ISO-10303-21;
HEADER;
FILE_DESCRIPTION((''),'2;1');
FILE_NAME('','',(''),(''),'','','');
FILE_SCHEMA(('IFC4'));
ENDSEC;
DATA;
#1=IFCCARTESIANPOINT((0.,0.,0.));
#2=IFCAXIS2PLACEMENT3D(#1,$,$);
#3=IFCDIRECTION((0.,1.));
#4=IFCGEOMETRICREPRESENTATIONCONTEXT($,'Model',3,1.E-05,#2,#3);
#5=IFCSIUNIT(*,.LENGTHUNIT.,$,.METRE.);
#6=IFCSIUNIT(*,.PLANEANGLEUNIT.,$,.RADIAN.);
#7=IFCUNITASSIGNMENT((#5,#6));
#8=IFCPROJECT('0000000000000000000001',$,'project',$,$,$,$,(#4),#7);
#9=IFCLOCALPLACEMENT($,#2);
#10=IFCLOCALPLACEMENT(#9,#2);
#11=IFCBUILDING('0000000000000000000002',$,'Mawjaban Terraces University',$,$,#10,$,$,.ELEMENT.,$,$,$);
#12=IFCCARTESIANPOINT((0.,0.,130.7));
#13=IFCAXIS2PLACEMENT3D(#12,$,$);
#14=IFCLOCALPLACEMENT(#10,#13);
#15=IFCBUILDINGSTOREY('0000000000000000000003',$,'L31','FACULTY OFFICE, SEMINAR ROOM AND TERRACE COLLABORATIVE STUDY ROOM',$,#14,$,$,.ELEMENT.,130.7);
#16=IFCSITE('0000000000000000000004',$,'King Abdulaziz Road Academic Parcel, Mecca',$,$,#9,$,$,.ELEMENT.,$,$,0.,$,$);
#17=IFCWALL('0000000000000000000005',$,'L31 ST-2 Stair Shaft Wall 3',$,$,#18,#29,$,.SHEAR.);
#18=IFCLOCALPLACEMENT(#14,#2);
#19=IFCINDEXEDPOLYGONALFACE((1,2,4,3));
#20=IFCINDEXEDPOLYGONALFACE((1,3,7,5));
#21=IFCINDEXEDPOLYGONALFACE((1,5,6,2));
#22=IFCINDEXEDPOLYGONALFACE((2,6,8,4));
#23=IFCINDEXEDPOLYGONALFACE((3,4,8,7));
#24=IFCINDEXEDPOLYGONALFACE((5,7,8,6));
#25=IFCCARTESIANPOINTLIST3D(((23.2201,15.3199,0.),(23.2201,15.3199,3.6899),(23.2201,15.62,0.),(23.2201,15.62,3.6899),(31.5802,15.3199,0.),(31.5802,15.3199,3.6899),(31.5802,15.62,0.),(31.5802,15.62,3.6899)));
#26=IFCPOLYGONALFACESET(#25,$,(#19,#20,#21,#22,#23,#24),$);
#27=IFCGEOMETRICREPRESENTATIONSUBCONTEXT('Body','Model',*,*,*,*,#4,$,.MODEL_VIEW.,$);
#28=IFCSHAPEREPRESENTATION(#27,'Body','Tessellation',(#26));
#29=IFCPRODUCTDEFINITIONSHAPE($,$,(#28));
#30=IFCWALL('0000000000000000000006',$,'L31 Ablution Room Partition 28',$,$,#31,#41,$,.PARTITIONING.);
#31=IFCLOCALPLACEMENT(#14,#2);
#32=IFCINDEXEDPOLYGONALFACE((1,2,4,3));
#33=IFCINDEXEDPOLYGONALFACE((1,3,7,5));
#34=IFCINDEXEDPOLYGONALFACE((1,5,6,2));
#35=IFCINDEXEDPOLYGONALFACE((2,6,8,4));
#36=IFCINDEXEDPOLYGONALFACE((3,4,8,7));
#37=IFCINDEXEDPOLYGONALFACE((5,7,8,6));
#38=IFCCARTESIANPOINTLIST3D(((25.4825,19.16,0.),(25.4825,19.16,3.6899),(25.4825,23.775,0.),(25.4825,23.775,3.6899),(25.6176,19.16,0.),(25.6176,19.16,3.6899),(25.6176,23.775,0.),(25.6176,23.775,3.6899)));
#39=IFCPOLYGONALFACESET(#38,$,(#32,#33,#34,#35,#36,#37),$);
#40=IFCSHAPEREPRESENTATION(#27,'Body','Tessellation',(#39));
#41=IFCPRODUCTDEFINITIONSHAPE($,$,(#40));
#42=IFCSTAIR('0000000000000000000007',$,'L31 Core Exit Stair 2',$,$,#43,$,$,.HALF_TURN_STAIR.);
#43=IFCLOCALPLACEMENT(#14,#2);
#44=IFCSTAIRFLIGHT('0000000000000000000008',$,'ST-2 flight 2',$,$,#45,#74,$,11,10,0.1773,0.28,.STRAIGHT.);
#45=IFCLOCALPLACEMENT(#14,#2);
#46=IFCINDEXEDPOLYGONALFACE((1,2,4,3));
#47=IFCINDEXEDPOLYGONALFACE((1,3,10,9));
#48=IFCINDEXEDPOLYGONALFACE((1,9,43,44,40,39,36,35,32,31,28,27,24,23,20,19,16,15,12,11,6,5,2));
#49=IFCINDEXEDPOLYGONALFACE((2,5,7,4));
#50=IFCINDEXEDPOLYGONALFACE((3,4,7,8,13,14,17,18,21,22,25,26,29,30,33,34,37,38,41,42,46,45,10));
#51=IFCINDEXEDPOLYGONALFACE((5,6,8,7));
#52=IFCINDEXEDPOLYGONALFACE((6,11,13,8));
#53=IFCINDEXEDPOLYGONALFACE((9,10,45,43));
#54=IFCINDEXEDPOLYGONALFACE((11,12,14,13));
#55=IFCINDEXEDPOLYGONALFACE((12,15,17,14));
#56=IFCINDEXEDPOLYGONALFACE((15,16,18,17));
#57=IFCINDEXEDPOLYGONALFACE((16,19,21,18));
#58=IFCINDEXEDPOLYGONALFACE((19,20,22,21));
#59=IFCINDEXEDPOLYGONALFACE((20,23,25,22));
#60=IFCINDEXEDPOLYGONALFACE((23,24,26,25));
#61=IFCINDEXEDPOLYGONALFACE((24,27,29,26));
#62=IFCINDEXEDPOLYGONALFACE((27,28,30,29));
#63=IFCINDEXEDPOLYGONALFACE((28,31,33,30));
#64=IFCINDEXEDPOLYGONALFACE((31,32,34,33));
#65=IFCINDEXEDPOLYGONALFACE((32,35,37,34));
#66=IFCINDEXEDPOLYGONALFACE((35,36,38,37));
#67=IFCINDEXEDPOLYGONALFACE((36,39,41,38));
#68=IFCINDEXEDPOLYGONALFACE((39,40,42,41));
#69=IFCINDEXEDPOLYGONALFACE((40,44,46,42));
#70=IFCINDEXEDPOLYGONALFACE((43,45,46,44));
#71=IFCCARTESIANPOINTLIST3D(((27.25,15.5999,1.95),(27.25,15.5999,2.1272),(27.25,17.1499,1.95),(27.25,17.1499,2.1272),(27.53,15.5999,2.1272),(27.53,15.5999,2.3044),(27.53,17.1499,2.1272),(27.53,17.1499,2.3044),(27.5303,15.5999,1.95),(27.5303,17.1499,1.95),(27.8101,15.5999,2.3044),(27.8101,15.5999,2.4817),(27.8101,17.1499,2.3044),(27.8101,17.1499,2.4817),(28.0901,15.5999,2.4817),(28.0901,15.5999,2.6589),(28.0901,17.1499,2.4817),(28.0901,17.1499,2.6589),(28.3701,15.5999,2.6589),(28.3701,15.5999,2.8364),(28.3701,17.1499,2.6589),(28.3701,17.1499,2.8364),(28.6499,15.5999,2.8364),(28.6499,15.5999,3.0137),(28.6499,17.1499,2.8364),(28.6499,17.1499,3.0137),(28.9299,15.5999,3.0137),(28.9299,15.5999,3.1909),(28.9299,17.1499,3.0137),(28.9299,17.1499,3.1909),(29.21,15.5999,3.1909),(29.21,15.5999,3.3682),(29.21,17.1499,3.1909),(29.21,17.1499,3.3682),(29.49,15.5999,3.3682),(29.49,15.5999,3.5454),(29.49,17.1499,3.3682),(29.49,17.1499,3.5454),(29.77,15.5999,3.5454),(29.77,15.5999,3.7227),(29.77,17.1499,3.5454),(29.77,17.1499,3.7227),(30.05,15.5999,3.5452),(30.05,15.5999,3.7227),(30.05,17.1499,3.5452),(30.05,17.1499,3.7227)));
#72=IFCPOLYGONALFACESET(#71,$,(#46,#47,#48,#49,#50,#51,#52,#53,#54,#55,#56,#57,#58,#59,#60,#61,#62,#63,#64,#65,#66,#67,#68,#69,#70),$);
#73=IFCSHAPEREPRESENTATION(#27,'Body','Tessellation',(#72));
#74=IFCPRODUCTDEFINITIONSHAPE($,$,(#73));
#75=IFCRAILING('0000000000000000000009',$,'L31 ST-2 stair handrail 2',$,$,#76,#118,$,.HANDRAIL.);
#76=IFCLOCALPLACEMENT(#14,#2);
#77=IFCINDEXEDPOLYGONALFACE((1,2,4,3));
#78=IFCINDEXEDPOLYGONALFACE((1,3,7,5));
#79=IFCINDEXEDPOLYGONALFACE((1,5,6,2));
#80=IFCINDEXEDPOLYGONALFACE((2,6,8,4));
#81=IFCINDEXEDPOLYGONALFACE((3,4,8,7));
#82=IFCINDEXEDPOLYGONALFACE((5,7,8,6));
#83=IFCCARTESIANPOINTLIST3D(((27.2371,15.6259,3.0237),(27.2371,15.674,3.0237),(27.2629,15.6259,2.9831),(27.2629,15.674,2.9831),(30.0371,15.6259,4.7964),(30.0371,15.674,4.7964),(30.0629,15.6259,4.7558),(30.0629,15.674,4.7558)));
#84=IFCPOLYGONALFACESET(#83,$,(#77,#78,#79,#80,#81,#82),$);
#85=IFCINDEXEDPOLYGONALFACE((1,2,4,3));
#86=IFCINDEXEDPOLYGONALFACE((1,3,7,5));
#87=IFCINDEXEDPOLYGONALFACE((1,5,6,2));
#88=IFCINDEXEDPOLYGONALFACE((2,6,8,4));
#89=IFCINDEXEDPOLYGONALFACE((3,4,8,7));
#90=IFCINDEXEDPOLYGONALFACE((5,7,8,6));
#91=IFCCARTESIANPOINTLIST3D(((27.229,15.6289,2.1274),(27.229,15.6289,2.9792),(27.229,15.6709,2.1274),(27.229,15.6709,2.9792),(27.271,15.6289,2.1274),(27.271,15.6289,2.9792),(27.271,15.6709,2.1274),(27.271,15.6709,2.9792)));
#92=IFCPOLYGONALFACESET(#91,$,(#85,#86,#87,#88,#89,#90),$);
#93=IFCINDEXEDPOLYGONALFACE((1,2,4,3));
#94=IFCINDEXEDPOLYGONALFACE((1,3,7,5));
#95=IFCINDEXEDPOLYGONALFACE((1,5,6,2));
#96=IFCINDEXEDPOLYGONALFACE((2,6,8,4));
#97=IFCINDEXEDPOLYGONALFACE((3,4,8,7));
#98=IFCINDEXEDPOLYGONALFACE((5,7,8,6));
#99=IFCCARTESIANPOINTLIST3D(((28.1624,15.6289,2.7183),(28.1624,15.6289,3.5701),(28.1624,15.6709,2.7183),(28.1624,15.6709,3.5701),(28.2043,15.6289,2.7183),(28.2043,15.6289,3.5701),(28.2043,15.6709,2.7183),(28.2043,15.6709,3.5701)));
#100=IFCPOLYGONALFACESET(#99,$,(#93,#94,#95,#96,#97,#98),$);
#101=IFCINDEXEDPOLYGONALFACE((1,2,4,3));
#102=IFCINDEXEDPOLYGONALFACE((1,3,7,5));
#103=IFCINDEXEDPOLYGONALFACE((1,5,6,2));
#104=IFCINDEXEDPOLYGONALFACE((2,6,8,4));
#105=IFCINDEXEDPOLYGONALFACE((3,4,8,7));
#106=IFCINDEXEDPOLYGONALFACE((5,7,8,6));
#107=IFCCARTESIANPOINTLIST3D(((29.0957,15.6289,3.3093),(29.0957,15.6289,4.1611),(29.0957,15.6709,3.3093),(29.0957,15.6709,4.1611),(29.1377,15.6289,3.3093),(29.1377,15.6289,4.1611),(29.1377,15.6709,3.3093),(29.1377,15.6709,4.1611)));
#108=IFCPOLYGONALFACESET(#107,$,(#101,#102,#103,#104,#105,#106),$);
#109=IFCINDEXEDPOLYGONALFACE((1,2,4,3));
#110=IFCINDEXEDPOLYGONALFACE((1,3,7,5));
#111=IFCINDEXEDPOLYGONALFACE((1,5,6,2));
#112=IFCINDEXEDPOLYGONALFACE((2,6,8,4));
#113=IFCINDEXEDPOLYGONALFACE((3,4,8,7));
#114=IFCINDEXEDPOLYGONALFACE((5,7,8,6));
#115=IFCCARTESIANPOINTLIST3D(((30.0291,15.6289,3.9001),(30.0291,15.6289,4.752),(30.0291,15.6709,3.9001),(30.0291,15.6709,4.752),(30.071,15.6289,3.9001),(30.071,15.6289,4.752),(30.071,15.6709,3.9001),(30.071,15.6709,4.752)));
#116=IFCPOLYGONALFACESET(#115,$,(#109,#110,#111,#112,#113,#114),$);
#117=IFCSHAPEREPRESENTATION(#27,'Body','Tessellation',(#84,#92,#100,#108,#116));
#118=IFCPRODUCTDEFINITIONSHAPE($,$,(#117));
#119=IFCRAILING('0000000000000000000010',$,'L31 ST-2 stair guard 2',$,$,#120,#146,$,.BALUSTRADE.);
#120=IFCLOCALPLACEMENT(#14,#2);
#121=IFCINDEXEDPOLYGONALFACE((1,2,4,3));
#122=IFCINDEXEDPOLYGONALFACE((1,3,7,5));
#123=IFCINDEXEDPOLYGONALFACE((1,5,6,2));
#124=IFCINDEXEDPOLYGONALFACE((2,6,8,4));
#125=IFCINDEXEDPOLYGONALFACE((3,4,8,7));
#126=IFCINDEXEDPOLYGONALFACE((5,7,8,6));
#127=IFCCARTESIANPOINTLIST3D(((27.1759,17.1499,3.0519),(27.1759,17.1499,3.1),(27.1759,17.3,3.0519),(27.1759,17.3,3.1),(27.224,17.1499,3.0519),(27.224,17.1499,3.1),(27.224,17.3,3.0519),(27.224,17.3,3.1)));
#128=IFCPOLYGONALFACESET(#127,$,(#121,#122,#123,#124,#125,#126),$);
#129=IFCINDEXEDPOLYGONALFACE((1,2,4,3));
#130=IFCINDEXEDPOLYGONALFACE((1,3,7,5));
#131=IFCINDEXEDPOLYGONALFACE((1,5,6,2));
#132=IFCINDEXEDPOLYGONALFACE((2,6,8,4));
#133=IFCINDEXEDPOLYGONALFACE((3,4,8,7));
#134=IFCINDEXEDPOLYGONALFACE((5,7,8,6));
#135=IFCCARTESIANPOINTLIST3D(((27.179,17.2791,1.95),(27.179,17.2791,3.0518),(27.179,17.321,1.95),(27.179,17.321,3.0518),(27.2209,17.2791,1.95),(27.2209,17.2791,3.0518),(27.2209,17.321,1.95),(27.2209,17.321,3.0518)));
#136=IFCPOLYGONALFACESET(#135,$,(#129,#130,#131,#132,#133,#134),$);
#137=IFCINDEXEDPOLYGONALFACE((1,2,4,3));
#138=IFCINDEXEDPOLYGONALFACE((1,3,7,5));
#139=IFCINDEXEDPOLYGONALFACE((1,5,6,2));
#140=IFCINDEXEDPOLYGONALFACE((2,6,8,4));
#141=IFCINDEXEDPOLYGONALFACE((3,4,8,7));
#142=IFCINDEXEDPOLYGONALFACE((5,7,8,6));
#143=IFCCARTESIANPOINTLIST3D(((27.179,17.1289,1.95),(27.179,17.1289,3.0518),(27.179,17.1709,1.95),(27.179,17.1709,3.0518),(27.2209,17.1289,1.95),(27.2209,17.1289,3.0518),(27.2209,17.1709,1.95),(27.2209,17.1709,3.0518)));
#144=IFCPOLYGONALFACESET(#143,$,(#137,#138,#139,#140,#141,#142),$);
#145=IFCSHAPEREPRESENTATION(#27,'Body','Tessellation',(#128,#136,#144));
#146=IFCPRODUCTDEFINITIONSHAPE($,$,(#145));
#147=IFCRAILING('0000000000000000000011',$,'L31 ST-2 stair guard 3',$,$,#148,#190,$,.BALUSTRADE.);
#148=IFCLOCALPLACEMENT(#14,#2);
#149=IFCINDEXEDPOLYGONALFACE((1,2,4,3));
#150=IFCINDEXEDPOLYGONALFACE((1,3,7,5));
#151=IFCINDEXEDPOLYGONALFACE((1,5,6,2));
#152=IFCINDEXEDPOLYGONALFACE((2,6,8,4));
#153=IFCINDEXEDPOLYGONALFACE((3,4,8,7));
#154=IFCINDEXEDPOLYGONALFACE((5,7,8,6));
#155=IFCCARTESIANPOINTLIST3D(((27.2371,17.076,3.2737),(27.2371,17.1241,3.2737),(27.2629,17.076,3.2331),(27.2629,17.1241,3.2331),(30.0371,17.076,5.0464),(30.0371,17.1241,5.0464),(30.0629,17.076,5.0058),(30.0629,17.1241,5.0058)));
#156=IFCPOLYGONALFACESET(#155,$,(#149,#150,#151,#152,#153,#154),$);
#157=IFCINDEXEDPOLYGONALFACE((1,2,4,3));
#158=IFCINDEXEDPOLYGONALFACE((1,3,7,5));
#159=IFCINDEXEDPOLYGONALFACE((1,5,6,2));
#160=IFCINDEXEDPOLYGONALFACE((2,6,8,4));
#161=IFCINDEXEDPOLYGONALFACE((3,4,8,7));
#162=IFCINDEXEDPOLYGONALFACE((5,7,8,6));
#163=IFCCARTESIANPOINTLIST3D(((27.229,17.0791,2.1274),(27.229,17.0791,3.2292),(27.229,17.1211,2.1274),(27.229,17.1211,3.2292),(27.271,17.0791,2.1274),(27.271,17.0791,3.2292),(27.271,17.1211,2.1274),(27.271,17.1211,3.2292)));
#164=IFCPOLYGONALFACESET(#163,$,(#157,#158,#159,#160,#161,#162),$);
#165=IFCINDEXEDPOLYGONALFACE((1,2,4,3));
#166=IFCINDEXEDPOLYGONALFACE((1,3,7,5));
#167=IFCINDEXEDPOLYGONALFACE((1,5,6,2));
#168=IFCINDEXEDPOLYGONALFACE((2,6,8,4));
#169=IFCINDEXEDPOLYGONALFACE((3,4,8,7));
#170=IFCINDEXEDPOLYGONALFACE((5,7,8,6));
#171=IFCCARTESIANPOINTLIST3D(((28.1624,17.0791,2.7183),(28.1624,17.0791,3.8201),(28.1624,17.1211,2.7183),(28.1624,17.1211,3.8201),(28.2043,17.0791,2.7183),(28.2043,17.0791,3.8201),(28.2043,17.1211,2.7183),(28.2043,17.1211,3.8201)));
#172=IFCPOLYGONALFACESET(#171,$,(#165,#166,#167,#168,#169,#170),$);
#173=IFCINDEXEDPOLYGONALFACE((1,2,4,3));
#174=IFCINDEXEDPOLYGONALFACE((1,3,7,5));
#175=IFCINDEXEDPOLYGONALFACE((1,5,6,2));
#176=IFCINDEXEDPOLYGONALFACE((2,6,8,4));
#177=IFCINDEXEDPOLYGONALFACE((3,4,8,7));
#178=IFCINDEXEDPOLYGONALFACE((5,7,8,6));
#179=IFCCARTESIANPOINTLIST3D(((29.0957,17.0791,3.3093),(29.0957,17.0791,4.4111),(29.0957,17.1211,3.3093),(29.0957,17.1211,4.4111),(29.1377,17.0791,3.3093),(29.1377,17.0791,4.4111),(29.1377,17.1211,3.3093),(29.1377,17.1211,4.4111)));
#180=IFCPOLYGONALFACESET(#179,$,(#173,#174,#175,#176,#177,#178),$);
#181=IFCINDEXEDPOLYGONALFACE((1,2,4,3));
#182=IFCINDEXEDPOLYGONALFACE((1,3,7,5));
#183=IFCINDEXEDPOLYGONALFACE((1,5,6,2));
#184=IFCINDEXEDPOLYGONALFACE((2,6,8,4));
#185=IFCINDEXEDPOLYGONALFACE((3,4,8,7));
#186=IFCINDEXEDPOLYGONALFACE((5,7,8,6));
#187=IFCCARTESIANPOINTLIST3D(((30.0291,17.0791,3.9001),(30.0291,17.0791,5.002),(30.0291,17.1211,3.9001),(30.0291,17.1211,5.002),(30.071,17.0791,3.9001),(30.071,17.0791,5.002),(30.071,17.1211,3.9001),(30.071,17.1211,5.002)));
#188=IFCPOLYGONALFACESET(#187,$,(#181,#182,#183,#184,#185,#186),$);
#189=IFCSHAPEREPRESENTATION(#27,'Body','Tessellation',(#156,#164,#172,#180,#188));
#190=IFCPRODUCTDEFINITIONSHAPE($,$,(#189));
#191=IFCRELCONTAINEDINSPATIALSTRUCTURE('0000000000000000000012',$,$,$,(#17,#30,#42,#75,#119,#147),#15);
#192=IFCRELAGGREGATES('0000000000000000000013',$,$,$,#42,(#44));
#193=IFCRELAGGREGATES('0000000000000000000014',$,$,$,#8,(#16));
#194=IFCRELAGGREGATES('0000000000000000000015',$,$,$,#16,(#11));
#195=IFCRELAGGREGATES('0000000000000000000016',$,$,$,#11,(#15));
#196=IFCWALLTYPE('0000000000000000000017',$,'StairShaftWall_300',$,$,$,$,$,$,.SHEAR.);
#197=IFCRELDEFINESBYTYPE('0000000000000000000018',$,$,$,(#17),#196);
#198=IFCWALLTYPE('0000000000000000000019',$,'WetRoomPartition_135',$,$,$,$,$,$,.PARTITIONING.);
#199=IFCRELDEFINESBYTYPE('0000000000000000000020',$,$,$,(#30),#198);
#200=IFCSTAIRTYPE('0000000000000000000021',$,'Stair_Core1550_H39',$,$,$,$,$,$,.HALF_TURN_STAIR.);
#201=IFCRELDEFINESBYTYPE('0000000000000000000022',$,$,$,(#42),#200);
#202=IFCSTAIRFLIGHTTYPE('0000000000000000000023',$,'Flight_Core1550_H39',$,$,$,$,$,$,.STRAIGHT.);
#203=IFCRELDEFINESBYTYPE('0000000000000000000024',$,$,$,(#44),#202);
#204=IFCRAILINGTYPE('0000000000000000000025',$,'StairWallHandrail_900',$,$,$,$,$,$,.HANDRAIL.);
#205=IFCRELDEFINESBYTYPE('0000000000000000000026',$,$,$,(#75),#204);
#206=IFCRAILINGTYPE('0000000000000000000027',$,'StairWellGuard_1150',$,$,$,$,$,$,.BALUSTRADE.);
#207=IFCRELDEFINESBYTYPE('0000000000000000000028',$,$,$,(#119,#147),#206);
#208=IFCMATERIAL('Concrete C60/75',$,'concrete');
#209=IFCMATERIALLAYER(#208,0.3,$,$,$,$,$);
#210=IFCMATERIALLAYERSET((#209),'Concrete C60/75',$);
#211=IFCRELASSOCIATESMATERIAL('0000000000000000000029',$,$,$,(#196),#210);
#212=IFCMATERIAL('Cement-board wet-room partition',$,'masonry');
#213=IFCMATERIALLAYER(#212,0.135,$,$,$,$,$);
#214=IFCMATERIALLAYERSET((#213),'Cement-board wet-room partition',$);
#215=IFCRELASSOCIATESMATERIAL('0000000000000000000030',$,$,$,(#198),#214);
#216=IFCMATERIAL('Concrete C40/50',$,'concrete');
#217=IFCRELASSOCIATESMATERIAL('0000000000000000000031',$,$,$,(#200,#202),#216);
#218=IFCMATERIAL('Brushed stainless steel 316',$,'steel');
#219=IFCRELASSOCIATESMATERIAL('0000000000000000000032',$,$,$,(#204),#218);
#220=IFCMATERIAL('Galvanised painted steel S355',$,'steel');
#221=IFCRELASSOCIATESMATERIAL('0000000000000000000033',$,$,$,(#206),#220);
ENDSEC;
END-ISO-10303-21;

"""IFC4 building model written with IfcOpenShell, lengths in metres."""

from ifc_helpers import new_model, si_unit, direction, frame, frame_2d, origin, origin_2d, place, context, subcontext, project, spatial, polyline, rectangle, outline, extrude, material, layer, layer_set, type_object, element, aggregate, save


model = new_model("IFC4")

# Units and contexts
model_context = context("Model", 3, precision=1e-05, world=origin(), true_north=direction((0.0, 1.0)))
body_context = subcontext(model_context, "Body", "Model", "MODEL_VIEW")
ifc_project = project(units=[si_unit("LENGTHUNIT", "METRE"), si_unit("PLANEANGLEUNIT", "RADIAN")], contexts=[model_context])

# Site, building, storey
site_placement = place(None, origin())
site = spatial("IfcSite", under=ifc_project, at=site_placement, Name="King Abdulaziz Road Academic Parcel, Mecca", CompositionType="ELEMENT", RefElevation=0.0)
building_placement = place(site_placement, origin())
building = spatial("IfcBuilding", under=site, at=building_placement, Name="Mawjaban Terraces University", CompositionType="ELEMENT")
storey_placement = place(building_placement, frame((0.0, 0.0, 130.7)))
storey = spatial("IfcBuildingStorey", under=building, at=storey_placement, Name="L31", Description="FACULTY OFFICE, SEMINAR ROOM AND TERRACE COLLABORATIVE STUDY ROOM", CompositionType="ELEMENT", Elevation=130.7)

# Shared definitions
ifc_material_1 = material(Name="Concrete C60/75", Category="concrete")

# Shared definitions
ifc_material_2 = material(Name="Concrete C40/50", Category="concrete")

# Walls
ifc_layer_1 = layer(ifc_material_1, 0.3)
ifc_layer_set_1 = layer_set([ifc_layer_1], Name="Concrete C60/75")
wall_type_1 = type_object("IfcWallType", Name="StairShaftWall_300", PredefinedType="SHEAR", material=ifc_layer_set_1)
wall_1_placement = place(storey_placement, frame((23.22, 15.47, 0.0), z_axis=(0.0, 0.0, 1.0), x_axis=(1.0, 0.0, 0.0)))
element("IfcWall", 1, at=wall_1_placement, inside=storey, type_object=wall_type_1, Name="L31 ST-2 Stair Shaft Wall 3", PredefinedType="SHEAR", context=body_context, shape_type="SweptSolid", body=[
    extrude(rectangle(XDim=8.3601, YDim=0.3, at=frame_2d((4.1802, 0.0))), origin(), (0.0, 0.0, 1.0), 3.6899),
])
ifc_material_3 = material(Name="Cement-board wet-room partition", Category="masonry")
ifc_layer_2 = layer(ifc_material_3, 0.135)
ifc_layer_set_2 = layer_set([ifc_layer_2], Name="Cement-board wet-room partition")
wall_type_2 = type_object("IfcWallType", Name="WetRoomPartition_135", PredefinedType="PARTITIONING", material=ifc_layer_set_2)
wall_2_placement = place(storey_placement, frame((25.55, 19.1599, 0.0), z_axis=(0.0, 0.0, 1.0), x_axis=(0.0, 1.0, 0.0)))
element("IfcWall", 2, at=wall_2_placement, inside=storey, type_object=wall_type_2, Name="L31 Ablution Room Partition 28", PredefinedType="PARTITIONING", context=body_context, shape_type="SweptSolid", body=[
    extrude(rectangle(XDim=4.615, YDim=0.135, at=frame_2d((2.3076, 0.0))), origin(), (0.0, 0.0, 1.0), 3.6899),
])

# Stair, stair flight
stair_type = type_object("IfcStairType", Name="Stair_Core1550_H39", PredefinedType="HALF_TURN_STAIR", material=ifc_material_2)
stair_placement = place(storey_placement, origin())
stair = element("IfcStair", 3, at=stair_placement, inside=storey, type_object=stair_type, Name="L31 Core Exit Stair 2", PredefinedType="HALF_TURN_STAIR")
stair_flight_type = type_object("IfcStairFlightType", Name="Flight_Core1550_H39", PredefinedType="STRAIGHT", material=ifc_material_2)
stair_flight_placement = place(storey_placement, frame((27.25, 16.375, 1.95), z_axis=(0.0, 0.0, 1.0), x_axis=(1.0, 0.0, 0.0)))
stair_flight = element("IfcStairFlight", 4, at=stair_flight_placement, type_object=stair_flight_type, Name="ST-2 flight 2", NumberOfRisers=11, NumberOfTreads=10, PredefinedType="STRAIGHT", RiserHeight=0.1773, TreadLength=0.28, context=body_context, shape_type="SweptSolid", body=[
    extrude(outline(polyline([(0.0, 0.0), (0.0, 0.1772), (0.28, 0.1772), (0.28, 0.3545), (0.5601, 0.3545), (0.5601, 0.5317), (0.8401, 0.5317), (0.8401, 0.709), (1.1201, 0.709), (1.1201, 0.8865), (1.3999, 0.8865), (1.3999, 1.0637), (1.6799, 1.0637), (1.6799, 1.241), (1.96, 1.241), (1.96, 1.4182), (2.24, 1.4182), (2.24, 1.5955), (2.52, 1.5955), (2.52, 1.7727), (2.8, 1.7727), (2.8, 1.95), (2.8, 1.5952), (0.2803, 0.0), (0.0, 0.0)])), frame((0.0, 0.7749, 0.0), z_axis=(0.0, -1.0, 0.0), x_axis=(1.0, 0.0, 0.0)), (0.0, 0.0, 1.0), 1.55),
])
aggregate(stair, [stair_flight])

# Railings
ifc_material_4 = material(Name="Brushed stainless steel 316", Category="steel")
railing_type_1 = type_object("IfcRailingType", Name="StairWallHandrail_900", PredefinedType="HANDRAIL", material=ifc_material_4)
railing_1_placement = place(storey_placement, frame((27.25, 15.6499, 2.1274)))
element("IfcRailing", 5, at=railing_1_placement, inside=storey, type_object=railing_type_1, Name="L31 ST-2 stair handrail 2", PredefinedType="HANDRAIL", context=body_context, shape_type="SweptSolid", body=[
    extrude(rectangle(XDim=0.0481, YDim=0.0481, at=origin_2d()), frame((0.0, 0.0, 0.876), z_axis=(0.844909, 0.0, 0.53491), x_axis=(0.0, 1.0, 0.0)), (0.0, 0.0, 1.0), 3.314),
    extrude(rectangle(XDim=0.042, YDim=0.042, at=origin_2d()), origin(), (0.0, 0.0, 1.0), 0.8518),
    extrude(rectangle(XDim=0.042, YDim=0.042, at=origin_2d()), frame((0.9333, 0.0, 0.5908)), (0.0, 0.0, 1.0), 0.8518),
    extrude(rectangle(XDim=0.042, YDim=0.042, at=origin_2d()), frame((1.8667, 0.0, 1.1819)), (0.0, 0.0, 1.0), 0.8518),
    extrude(rectangle(XDim=0.042, YDim=0.042, at=origin_2d()), frame((2.8, 0.0, 1.7727)), (0.0, 0.0, 1.0), 0.8518),
])
ifc_material_5 = material(Name="Galvanised painted steel S355", Category="steel")
railing_type_2 = type_object("IfcRailingType", Name="StairWellGuard_1150", PredefinedType="BALUSTRADE", material=ifc_material_5)
railing_2_placement = place(storey_placement, frame((27.2, 17.3, 1.95)))
element("IfcRailing", 6, at=railing_2_placement, inside=storey, type_object=railing_type_2, Name="L31 ST-2 stair guard 2", PredefinedType="BALUSTRADE", context=body_context, shape_type="SweptSolid", body=[
    extrude(rectangle(XDim=0.0481, YDim=0.0481, at=origin_2d()), frame((0.0, 0.0, 1.126), z_axis=(0.0, -1.0, 0.0), x_axis=(1.0, 0.0, 0.0)), (0.0, 0.0, 1.0), 0.1501),
    extrude(rectangle(XDim=0.042, YDim=0.042, at=origin_2d()), origin(), (0.0, 0.0, 1.0), 1.1018),
    extrude(rectangle(XDim=0.042, YDim=0.042, at=origin_2d()), frame((0.0, -0.1501, 0.0)), (0.0, 0.0, 1.0), 1.1018),
])
railing_3_placement = place(storey_placement, frame((27.25, 17.1001, 2.1274)))
element("IfcRailing", 7, at=railing_3_placement, inside=storey, type_object=railing_type_2, Name="L31 ST-2 stair guard 3", PredefinedType="BALUSTRADE", context=body_context, shape_type="SweptSolid", body=[
    extrude(rectangle(XDim=0.0481, YDim=0.0481, at=origin_2d()), frame((0.0, 0.0, 1.126), z_axis=(0.844909, 0.0, 0.53491), x_axis=(0.0, 1.0, 0.0)), (0.0, 0.0, 1.0), 3.314),
    extrude(rectangle(XDim=0.042, YDim=0.042, at=origin_2d()), origin(), (0.0, 0.0, 1.0), 1.1018),
    extrude(rectangle(XDim=0.042, YDim=0.042, at=origin_2d()), frame((0.9333, 0.0, 0.5908)), (0.0, 0.0, 1.0), 1.1018),
    extrude(rectangle(XDim=0.042, YDim=0.042, at=origin_2d()), frame((1.8667, 0.0, 1.1819)), (0.0, 0.0, 1.0), 1.1018),
    extrude(rectangle(XDim=0.042, YDim=0.042, at=origin_2d()), frame((2.8, 0.0, 1.7727)), (0.0, 0.0, 1.0), 1.1018),
])

save(model, "model.ifc")
